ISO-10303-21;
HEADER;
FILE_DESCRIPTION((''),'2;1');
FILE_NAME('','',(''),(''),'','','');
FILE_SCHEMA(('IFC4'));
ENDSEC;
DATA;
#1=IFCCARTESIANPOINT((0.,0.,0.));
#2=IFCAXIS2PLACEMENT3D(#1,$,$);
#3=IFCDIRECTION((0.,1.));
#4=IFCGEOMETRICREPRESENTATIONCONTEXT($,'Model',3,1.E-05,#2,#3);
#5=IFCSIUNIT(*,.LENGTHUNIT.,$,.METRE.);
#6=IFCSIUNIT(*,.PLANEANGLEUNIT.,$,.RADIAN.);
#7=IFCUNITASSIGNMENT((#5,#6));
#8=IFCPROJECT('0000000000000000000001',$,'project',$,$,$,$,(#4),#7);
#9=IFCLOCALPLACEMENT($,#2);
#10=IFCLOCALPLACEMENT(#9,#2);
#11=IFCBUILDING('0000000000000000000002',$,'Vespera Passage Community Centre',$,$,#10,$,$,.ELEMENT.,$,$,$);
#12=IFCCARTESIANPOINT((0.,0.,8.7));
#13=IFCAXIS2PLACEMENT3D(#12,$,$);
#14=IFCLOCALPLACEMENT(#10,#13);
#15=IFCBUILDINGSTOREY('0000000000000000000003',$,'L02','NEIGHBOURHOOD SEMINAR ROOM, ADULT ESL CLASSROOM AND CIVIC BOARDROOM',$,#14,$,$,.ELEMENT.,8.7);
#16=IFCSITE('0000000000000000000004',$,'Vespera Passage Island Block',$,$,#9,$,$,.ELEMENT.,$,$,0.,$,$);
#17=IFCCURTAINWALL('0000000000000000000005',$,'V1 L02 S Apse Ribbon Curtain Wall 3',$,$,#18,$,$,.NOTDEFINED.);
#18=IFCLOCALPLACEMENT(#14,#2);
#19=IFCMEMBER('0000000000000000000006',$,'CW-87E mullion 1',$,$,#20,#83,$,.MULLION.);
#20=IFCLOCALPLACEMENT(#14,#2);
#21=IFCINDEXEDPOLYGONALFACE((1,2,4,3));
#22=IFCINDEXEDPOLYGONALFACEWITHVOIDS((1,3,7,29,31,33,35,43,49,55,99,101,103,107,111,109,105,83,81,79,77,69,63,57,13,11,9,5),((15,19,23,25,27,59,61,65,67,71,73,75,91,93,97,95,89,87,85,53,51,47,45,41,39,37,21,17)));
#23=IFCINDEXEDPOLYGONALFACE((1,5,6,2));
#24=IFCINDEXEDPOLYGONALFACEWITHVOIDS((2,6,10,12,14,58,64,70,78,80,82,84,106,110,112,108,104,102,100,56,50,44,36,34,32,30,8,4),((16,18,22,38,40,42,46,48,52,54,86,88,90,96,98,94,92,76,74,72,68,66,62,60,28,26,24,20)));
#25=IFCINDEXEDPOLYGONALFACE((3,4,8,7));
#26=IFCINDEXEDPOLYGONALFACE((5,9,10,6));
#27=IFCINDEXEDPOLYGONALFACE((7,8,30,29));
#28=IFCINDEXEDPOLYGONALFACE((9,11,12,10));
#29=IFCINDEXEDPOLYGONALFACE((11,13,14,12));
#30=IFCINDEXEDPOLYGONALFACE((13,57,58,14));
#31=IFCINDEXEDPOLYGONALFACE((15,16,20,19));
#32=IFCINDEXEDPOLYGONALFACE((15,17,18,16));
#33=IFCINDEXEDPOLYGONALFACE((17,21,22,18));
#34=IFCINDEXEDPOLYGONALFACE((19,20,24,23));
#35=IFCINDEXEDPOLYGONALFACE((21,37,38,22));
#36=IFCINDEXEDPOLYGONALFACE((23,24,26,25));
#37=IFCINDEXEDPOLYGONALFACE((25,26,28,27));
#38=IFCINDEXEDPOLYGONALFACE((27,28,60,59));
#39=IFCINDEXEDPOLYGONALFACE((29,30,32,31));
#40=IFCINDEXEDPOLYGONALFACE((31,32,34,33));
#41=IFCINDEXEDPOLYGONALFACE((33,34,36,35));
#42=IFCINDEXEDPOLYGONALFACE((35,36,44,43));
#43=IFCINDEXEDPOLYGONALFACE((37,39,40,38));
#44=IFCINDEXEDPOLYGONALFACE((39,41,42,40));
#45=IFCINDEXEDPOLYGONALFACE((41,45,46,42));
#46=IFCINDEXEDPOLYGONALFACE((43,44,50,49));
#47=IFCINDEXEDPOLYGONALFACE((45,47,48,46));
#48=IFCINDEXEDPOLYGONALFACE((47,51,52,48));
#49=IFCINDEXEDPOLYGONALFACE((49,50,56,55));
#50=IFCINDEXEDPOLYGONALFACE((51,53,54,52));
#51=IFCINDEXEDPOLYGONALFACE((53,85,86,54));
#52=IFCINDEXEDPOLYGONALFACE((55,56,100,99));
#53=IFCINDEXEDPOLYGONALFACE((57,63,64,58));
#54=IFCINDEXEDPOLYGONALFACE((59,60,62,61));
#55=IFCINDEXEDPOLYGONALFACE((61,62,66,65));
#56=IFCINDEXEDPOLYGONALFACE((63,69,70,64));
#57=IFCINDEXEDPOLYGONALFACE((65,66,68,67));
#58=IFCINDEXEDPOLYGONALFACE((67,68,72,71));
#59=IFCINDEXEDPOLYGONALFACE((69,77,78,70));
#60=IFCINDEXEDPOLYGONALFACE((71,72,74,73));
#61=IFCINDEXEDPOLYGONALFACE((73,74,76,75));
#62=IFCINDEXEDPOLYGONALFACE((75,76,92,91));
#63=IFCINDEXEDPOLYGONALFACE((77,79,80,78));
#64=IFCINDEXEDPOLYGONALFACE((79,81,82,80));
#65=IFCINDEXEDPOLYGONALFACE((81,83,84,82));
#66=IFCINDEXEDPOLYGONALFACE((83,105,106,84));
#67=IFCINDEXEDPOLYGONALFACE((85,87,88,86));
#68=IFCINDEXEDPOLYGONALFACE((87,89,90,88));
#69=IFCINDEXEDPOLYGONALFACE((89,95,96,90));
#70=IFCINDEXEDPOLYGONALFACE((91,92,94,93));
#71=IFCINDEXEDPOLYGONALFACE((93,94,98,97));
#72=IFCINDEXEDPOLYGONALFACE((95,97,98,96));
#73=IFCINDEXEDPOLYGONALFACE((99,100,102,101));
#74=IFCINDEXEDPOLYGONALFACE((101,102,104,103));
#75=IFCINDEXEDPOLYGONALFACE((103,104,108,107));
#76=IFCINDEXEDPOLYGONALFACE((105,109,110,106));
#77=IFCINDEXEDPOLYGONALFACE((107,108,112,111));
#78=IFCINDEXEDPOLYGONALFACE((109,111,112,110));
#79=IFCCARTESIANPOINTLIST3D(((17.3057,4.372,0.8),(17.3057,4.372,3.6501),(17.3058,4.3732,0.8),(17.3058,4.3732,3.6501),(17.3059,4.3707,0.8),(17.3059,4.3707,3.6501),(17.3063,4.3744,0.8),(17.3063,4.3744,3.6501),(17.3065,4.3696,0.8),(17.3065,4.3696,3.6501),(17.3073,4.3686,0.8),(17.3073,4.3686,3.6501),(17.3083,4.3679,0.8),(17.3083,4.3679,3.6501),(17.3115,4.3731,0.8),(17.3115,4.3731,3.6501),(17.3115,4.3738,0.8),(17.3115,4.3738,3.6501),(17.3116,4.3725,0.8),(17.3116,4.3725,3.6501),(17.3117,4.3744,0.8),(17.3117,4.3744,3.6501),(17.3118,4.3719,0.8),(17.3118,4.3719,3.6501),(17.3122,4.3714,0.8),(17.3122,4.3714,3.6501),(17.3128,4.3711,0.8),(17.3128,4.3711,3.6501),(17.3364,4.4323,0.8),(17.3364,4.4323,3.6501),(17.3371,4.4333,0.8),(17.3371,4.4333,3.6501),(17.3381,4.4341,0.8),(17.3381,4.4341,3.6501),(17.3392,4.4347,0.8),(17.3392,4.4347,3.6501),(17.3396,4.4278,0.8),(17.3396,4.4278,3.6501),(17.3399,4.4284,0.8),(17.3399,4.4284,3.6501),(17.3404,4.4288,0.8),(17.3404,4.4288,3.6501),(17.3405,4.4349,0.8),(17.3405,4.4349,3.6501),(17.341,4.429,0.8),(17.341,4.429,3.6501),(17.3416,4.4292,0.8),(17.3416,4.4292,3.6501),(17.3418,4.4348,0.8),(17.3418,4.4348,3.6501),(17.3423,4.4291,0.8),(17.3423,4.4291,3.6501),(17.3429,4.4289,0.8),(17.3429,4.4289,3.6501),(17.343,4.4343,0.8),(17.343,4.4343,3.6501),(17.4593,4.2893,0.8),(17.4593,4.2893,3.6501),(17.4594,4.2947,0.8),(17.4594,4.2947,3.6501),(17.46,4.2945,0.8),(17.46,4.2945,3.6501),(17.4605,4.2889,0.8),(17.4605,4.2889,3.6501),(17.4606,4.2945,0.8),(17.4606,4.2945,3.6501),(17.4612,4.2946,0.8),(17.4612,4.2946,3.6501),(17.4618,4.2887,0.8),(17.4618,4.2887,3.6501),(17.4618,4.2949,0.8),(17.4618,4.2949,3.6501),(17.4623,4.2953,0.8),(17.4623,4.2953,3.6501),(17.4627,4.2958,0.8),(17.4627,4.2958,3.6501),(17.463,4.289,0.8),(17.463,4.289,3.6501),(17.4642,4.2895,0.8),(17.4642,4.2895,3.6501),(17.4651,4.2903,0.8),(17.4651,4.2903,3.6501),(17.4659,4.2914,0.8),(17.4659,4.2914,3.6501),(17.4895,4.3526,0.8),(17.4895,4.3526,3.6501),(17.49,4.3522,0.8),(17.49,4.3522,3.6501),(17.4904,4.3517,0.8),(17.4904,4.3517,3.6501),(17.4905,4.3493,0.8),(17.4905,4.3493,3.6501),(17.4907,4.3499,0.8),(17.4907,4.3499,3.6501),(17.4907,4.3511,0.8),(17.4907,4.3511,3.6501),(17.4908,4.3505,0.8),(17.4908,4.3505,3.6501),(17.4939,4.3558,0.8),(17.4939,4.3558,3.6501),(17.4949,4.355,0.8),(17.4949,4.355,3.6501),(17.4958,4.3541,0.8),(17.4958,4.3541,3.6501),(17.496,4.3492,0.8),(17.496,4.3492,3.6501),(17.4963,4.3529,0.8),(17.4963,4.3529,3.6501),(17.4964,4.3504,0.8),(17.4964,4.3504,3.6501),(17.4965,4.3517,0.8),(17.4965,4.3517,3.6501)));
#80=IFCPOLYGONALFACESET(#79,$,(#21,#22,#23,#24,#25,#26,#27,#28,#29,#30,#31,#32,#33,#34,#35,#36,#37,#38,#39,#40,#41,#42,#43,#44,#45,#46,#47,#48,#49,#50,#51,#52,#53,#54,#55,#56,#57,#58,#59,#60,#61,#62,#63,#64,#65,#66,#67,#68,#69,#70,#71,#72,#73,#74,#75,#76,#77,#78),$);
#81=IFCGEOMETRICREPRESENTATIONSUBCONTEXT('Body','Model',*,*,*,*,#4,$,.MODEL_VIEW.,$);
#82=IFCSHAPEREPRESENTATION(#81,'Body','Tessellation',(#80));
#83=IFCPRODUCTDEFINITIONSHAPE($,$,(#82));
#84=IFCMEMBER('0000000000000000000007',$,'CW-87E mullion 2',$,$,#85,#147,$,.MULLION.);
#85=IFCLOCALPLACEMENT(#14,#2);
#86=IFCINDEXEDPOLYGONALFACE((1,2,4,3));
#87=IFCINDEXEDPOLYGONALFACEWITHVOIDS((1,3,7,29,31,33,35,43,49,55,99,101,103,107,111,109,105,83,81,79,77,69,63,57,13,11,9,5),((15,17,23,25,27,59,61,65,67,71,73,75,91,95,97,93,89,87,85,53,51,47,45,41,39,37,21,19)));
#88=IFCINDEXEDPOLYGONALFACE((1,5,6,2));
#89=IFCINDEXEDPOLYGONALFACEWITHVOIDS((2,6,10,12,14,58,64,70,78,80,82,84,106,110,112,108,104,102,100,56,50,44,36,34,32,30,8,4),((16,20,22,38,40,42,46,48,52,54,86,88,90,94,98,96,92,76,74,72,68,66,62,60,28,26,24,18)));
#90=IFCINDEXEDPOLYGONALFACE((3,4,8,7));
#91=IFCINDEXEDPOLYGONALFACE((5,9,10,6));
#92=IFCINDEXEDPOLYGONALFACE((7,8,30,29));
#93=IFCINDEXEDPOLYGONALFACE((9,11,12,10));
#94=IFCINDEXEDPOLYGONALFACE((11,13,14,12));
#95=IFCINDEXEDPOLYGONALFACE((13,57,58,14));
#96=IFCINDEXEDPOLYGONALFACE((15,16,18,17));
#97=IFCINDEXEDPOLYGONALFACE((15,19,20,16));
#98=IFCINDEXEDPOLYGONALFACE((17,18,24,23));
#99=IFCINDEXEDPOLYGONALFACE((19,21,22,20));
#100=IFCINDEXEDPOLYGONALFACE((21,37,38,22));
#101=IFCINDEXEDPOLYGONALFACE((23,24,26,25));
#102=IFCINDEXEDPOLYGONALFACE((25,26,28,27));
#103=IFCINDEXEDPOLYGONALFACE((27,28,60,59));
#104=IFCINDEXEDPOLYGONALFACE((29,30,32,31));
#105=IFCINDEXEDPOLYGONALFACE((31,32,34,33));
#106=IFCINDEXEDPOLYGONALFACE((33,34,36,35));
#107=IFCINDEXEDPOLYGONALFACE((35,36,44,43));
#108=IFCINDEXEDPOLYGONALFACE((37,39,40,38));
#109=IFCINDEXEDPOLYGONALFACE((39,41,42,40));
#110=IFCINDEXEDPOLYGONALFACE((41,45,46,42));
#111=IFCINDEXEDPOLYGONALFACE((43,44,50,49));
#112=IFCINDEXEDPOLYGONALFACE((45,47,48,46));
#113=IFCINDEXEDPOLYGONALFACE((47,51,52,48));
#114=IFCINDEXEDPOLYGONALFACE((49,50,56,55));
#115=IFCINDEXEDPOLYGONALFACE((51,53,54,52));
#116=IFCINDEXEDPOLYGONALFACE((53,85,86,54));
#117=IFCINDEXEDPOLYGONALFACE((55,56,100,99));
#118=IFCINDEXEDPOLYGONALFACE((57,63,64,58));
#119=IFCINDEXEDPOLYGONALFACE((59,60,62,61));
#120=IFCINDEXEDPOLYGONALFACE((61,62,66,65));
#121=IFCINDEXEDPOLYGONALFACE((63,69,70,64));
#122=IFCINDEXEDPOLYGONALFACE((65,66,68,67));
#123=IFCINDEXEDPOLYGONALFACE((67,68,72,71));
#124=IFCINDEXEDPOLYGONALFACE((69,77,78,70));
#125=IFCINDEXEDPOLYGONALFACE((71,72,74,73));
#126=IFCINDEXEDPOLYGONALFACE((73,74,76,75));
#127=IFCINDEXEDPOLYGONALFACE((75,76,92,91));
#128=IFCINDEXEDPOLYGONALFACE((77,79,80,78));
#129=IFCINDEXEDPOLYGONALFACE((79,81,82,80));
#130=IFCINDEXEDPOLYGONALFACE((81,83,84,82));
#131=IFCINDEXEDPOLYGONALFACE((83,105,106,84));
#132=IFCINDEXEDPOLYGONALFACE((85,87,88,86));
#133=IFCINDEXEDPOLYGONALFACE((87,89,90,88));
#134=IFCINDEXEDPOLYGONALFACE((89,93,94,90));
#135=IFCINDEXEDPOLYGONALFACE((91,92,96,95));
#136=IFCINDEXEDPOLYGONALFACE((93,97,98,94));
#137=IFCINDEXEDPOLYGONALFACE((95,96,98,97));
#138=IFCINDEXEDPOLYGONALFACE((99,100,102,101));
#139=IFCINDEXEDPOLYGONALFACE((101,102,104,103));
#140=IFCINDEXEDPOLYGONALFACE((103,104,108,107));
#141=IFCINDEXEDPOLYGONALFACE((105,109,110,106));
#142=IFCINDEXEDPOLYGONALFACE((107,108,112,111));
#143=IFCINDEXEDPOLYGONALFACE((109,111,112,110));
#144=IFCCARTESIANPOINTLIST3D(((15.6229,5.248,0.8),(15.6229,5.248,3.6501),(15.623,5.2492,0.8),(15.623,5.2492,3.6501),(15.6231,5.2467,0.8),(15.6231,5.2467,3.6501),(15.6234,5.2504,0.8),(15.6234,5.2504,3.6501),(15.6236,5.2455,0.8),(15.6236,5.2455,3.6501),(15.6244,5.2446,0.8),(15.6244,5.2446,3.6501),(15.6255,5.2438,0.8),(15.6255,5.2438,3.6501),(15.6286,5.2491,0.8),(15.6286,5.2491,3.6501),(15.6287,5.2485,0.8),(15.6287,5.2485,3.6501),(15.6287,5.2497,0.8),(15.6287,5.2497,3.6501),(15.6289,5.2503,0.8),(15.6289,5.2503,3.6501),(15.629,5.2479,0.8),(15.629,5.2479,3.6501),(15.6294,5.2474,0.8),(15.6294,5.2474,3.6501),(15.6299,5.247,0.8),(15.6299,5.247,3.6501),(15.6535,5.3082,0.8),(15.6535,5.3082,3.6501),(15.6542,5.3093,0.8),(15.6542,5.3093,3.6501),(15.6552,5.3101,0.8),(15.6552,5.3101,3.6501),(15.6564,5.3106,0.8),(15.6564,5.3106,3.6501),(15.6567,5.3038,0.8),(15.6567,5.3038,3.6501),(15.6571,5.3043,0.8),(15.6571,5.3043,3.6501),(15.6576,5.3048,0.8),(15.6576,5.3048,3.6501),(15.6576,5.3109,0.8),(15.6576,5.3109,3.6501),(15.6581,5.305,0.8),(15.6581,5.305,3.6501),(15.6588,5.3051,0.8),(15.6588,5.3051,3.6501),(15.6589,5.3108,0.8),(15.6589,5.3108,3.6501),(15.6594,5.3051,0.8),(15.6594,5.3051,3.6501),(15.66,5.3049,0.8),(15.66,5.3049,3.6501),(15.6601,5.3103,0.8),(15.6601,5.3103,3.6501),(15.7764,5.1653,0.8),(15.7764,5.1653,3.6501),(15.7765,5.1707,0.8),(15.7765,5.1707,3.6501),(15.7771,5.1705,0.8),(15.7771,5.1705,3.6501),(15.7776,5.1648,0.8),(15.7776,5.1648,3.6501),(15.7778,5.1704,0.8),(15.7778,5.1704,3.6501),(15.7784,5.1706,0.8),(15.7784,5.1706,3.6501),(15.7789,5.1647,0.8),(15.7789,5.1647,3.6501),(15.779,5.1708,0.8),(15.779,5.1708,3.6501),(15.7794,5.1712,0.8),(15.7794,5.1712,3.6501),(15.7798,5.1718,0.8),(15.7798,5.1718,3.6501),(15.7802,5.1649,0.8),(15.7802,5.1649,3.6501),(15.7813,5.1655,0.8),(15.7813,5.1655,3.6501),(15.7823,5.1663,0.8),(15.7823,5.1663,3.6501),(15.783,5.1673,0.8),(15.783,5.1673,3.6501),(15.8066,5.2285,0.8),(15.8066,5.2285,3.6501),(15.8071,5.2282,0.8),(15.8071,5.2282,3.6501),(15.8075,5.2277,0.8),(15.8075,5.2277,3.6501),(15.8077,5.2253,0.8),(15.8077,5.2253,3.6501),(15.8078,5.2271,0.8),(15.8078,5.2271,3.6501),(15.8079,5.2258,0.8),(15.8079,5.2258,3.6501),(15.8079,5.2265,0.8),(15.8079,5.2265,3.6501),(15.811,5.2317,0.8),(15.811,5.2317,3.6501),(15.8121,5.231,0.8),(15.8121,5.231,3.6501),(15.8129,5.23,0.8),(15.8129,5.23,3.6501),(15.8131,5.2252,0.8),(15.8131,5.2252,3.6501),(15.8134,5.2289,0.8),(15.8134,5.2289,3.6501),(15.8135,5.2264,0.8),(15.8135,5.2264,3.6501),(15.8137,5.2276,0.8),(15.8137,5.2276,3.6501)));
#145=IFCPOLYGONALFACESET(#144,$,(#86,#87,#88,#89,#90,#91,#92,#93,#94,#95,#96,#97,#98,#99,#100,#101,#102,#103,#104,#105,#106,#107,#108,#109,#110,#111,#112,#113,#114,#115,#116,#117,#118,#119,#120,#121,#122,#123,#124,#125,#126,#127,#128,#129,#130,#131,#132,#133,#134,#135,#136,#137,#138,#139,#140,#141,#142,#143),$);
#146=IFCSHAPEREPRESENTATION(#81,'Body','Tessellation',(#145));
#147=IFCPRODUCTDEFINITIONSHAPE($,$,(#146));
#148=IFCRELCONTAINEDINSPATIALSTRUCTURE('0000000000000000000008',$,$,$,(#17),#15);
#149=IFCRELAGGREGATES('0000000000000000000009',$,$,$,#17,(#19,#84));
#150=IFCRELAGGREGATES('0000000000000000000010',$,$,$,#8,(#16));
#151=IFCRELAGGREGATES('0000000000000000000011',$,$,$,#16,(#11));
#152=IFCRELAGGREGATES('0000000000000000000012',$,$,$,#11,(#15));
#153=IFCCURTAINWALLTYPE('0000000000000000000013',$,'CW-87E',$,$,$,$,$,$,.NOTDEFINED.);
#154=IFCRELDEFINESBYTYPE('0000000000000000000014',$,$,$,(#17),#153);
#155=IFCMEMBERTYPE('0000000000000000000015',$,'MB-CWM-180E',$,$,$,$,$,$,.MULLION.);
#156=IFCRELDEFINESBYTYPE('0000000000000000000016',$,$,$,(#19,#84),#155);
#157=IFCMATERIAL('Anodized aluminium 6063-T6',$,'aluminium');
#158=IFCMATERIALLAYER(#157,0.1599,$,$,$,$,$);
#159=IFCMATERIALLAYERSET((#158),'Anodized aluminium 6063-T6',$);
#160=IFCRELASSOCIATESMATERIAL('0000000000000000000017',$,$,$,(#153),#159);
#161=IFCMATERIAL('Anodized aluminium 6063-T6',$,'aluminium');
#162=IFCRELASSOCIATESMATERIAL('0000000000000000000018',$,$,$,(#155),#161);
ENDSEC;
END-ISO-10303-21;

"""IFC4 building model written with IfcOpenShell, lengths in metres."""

from ifc_helpers import new_model, si_unit, direction, frame, origin, origin_2d, place, context, subcontext, project, spatial, hollow_rectangle, extrude, material, layer, layer_set, material_profile, profile_set, type_object, element, aggregate, save


model = new_model("IFC4")

# Units and contexts
model_context = context("Model", 3, precision=1e-05, world=origin(), true_north=direction((0.0, 1.0)))
body_context = subcontext(model_context, "Body", "Model", "MODEL_VIEW")
ifc_project = project(units=[si_unit("LENGTHUNIT", "METRE"), si_unit("PLANEANGLEUNIT", "RADIAN")], contexts=[model_context])

# Site, building, storey
site_placement = place(None, origin())
site = spatial("IfcSite", under=ifc_project, at=site_placement, Name="Vespera Passage Island Block", CompositionType="ELEMENT", RefElevation=0.0)
building_placement = place(site_placement, origin())
building = spatial("IfcBuilding", under=site, at=building_placement, Name="Vespera Passage Community Centre", CompositionType="ELEMENT")
storey_placement = place(building_placement, frame((0.0, 0.0, 8.7)))
storey = spatial("IfcBuildingStorey", under=building, at=storey_placement, Name="L02", Description="NEIGHBOURHOOD SEMINAR ROOM, ADULT ESL CLASSROOM AND CIVIC BOARDROOM", CompositionType="ELEMENT", Elevation=8.7)

# Curtain wall, members
ifc_material_1 = material(Name="Anodized aluminium 6063-T6", Category="aluminium")
ifc_layer_1 = layer(ifc_material_1, 0.1599)
ifc_layer_set_1 = layer_set([ifc_layer_1], Name="Anodized aluminium 6063-T6")
curtain_wall_type = type_object("IfcCurtainWallType", Name="CW-87E", PredefinedType="NOTDEFINED", material=ifc_layer_set_1)
ifc_material_2 = material(Name="Anodized aluminium 6063-T6", Category="aluminium")
ifc_material_profile_1 = material_profile(ifc_material_2, hollow_rectangle(XDim=0.075, YDim=0.1799, WallThickness=0.0049, InnerFilletRadius=0.0024, OuterFilletRadius=0.0049, at=origin_2d()), Name="ALU180X75X5")
ifc_profile_set_1 = profile_set([ifc_material_profile_1], Name="Anodized aluminium 6063-T6")
member_type_1 = type_object("IfcMemberType", Name="MB-CWM-180E", PredefinedType="MULLION", material=ifc_profile_set_1)
curtain_wall_1_placement = place(storey_placement, origin())
curtain_wall_1 = element("IfcCurtainWall", 1, at=curtain_wall_1_placement, inside=storey, type_object=curtain_wall_type, Name="V1 L02 S Apse Ribbon Curtain Wall 3", PredefinedType="NOTDEFINED")
member_1_placement = place(storey_placement, frame((17.4011, 4.3618, 0.8), z_axis=(0.0, 0.0, 1.0), x_axis=(-0.461745, -0.887013, 0.0)))
member_1 = element("IfcMember", 2, at=member_1_placement, type_object=member_type_1, Name="CW-87E mullion 1", PredefinedType="MULLION", context=body_context, shape_type="SweptSolid", body=[
    extrude(hollow_rectangle(XDim=0.075, YDim=0.1799, WallThickness=0.0049, InnerFilletRadius=0.0024, OuterFilletRadius=0.0049, at=origin_2d()), origin(), (0.0, 0.0, 1.0), 2.8501),
])
member_2_placement = place(storey_placement, frame((15.7183, 5.2378, 0.8), z_axis=(0.0, 0.0, 1.0), x_axis=(-0.461745, -0.887013, 0.0)))
member_2 = element("IfcMember", 3, at=member_2_placement, type_object=member_type_1, Name="CW-87E mullion 2", PredefinedType="MULLION", context=body_context, shape_type="SweptSolid", body=[
    extrude(hollow_rectangle(XDim=0.075, YDim=0.1799, WallThickness=0.0049, InnerFilletRadius=0.0024, OuterFilletRadius=0.0049, at=origin_2d()), origin(), (0.0, 0.0, 1.0), 2.8501),
])

aggregate(curtain_wall_1, [member_1, member_2])

save(model, "model.ifc")
